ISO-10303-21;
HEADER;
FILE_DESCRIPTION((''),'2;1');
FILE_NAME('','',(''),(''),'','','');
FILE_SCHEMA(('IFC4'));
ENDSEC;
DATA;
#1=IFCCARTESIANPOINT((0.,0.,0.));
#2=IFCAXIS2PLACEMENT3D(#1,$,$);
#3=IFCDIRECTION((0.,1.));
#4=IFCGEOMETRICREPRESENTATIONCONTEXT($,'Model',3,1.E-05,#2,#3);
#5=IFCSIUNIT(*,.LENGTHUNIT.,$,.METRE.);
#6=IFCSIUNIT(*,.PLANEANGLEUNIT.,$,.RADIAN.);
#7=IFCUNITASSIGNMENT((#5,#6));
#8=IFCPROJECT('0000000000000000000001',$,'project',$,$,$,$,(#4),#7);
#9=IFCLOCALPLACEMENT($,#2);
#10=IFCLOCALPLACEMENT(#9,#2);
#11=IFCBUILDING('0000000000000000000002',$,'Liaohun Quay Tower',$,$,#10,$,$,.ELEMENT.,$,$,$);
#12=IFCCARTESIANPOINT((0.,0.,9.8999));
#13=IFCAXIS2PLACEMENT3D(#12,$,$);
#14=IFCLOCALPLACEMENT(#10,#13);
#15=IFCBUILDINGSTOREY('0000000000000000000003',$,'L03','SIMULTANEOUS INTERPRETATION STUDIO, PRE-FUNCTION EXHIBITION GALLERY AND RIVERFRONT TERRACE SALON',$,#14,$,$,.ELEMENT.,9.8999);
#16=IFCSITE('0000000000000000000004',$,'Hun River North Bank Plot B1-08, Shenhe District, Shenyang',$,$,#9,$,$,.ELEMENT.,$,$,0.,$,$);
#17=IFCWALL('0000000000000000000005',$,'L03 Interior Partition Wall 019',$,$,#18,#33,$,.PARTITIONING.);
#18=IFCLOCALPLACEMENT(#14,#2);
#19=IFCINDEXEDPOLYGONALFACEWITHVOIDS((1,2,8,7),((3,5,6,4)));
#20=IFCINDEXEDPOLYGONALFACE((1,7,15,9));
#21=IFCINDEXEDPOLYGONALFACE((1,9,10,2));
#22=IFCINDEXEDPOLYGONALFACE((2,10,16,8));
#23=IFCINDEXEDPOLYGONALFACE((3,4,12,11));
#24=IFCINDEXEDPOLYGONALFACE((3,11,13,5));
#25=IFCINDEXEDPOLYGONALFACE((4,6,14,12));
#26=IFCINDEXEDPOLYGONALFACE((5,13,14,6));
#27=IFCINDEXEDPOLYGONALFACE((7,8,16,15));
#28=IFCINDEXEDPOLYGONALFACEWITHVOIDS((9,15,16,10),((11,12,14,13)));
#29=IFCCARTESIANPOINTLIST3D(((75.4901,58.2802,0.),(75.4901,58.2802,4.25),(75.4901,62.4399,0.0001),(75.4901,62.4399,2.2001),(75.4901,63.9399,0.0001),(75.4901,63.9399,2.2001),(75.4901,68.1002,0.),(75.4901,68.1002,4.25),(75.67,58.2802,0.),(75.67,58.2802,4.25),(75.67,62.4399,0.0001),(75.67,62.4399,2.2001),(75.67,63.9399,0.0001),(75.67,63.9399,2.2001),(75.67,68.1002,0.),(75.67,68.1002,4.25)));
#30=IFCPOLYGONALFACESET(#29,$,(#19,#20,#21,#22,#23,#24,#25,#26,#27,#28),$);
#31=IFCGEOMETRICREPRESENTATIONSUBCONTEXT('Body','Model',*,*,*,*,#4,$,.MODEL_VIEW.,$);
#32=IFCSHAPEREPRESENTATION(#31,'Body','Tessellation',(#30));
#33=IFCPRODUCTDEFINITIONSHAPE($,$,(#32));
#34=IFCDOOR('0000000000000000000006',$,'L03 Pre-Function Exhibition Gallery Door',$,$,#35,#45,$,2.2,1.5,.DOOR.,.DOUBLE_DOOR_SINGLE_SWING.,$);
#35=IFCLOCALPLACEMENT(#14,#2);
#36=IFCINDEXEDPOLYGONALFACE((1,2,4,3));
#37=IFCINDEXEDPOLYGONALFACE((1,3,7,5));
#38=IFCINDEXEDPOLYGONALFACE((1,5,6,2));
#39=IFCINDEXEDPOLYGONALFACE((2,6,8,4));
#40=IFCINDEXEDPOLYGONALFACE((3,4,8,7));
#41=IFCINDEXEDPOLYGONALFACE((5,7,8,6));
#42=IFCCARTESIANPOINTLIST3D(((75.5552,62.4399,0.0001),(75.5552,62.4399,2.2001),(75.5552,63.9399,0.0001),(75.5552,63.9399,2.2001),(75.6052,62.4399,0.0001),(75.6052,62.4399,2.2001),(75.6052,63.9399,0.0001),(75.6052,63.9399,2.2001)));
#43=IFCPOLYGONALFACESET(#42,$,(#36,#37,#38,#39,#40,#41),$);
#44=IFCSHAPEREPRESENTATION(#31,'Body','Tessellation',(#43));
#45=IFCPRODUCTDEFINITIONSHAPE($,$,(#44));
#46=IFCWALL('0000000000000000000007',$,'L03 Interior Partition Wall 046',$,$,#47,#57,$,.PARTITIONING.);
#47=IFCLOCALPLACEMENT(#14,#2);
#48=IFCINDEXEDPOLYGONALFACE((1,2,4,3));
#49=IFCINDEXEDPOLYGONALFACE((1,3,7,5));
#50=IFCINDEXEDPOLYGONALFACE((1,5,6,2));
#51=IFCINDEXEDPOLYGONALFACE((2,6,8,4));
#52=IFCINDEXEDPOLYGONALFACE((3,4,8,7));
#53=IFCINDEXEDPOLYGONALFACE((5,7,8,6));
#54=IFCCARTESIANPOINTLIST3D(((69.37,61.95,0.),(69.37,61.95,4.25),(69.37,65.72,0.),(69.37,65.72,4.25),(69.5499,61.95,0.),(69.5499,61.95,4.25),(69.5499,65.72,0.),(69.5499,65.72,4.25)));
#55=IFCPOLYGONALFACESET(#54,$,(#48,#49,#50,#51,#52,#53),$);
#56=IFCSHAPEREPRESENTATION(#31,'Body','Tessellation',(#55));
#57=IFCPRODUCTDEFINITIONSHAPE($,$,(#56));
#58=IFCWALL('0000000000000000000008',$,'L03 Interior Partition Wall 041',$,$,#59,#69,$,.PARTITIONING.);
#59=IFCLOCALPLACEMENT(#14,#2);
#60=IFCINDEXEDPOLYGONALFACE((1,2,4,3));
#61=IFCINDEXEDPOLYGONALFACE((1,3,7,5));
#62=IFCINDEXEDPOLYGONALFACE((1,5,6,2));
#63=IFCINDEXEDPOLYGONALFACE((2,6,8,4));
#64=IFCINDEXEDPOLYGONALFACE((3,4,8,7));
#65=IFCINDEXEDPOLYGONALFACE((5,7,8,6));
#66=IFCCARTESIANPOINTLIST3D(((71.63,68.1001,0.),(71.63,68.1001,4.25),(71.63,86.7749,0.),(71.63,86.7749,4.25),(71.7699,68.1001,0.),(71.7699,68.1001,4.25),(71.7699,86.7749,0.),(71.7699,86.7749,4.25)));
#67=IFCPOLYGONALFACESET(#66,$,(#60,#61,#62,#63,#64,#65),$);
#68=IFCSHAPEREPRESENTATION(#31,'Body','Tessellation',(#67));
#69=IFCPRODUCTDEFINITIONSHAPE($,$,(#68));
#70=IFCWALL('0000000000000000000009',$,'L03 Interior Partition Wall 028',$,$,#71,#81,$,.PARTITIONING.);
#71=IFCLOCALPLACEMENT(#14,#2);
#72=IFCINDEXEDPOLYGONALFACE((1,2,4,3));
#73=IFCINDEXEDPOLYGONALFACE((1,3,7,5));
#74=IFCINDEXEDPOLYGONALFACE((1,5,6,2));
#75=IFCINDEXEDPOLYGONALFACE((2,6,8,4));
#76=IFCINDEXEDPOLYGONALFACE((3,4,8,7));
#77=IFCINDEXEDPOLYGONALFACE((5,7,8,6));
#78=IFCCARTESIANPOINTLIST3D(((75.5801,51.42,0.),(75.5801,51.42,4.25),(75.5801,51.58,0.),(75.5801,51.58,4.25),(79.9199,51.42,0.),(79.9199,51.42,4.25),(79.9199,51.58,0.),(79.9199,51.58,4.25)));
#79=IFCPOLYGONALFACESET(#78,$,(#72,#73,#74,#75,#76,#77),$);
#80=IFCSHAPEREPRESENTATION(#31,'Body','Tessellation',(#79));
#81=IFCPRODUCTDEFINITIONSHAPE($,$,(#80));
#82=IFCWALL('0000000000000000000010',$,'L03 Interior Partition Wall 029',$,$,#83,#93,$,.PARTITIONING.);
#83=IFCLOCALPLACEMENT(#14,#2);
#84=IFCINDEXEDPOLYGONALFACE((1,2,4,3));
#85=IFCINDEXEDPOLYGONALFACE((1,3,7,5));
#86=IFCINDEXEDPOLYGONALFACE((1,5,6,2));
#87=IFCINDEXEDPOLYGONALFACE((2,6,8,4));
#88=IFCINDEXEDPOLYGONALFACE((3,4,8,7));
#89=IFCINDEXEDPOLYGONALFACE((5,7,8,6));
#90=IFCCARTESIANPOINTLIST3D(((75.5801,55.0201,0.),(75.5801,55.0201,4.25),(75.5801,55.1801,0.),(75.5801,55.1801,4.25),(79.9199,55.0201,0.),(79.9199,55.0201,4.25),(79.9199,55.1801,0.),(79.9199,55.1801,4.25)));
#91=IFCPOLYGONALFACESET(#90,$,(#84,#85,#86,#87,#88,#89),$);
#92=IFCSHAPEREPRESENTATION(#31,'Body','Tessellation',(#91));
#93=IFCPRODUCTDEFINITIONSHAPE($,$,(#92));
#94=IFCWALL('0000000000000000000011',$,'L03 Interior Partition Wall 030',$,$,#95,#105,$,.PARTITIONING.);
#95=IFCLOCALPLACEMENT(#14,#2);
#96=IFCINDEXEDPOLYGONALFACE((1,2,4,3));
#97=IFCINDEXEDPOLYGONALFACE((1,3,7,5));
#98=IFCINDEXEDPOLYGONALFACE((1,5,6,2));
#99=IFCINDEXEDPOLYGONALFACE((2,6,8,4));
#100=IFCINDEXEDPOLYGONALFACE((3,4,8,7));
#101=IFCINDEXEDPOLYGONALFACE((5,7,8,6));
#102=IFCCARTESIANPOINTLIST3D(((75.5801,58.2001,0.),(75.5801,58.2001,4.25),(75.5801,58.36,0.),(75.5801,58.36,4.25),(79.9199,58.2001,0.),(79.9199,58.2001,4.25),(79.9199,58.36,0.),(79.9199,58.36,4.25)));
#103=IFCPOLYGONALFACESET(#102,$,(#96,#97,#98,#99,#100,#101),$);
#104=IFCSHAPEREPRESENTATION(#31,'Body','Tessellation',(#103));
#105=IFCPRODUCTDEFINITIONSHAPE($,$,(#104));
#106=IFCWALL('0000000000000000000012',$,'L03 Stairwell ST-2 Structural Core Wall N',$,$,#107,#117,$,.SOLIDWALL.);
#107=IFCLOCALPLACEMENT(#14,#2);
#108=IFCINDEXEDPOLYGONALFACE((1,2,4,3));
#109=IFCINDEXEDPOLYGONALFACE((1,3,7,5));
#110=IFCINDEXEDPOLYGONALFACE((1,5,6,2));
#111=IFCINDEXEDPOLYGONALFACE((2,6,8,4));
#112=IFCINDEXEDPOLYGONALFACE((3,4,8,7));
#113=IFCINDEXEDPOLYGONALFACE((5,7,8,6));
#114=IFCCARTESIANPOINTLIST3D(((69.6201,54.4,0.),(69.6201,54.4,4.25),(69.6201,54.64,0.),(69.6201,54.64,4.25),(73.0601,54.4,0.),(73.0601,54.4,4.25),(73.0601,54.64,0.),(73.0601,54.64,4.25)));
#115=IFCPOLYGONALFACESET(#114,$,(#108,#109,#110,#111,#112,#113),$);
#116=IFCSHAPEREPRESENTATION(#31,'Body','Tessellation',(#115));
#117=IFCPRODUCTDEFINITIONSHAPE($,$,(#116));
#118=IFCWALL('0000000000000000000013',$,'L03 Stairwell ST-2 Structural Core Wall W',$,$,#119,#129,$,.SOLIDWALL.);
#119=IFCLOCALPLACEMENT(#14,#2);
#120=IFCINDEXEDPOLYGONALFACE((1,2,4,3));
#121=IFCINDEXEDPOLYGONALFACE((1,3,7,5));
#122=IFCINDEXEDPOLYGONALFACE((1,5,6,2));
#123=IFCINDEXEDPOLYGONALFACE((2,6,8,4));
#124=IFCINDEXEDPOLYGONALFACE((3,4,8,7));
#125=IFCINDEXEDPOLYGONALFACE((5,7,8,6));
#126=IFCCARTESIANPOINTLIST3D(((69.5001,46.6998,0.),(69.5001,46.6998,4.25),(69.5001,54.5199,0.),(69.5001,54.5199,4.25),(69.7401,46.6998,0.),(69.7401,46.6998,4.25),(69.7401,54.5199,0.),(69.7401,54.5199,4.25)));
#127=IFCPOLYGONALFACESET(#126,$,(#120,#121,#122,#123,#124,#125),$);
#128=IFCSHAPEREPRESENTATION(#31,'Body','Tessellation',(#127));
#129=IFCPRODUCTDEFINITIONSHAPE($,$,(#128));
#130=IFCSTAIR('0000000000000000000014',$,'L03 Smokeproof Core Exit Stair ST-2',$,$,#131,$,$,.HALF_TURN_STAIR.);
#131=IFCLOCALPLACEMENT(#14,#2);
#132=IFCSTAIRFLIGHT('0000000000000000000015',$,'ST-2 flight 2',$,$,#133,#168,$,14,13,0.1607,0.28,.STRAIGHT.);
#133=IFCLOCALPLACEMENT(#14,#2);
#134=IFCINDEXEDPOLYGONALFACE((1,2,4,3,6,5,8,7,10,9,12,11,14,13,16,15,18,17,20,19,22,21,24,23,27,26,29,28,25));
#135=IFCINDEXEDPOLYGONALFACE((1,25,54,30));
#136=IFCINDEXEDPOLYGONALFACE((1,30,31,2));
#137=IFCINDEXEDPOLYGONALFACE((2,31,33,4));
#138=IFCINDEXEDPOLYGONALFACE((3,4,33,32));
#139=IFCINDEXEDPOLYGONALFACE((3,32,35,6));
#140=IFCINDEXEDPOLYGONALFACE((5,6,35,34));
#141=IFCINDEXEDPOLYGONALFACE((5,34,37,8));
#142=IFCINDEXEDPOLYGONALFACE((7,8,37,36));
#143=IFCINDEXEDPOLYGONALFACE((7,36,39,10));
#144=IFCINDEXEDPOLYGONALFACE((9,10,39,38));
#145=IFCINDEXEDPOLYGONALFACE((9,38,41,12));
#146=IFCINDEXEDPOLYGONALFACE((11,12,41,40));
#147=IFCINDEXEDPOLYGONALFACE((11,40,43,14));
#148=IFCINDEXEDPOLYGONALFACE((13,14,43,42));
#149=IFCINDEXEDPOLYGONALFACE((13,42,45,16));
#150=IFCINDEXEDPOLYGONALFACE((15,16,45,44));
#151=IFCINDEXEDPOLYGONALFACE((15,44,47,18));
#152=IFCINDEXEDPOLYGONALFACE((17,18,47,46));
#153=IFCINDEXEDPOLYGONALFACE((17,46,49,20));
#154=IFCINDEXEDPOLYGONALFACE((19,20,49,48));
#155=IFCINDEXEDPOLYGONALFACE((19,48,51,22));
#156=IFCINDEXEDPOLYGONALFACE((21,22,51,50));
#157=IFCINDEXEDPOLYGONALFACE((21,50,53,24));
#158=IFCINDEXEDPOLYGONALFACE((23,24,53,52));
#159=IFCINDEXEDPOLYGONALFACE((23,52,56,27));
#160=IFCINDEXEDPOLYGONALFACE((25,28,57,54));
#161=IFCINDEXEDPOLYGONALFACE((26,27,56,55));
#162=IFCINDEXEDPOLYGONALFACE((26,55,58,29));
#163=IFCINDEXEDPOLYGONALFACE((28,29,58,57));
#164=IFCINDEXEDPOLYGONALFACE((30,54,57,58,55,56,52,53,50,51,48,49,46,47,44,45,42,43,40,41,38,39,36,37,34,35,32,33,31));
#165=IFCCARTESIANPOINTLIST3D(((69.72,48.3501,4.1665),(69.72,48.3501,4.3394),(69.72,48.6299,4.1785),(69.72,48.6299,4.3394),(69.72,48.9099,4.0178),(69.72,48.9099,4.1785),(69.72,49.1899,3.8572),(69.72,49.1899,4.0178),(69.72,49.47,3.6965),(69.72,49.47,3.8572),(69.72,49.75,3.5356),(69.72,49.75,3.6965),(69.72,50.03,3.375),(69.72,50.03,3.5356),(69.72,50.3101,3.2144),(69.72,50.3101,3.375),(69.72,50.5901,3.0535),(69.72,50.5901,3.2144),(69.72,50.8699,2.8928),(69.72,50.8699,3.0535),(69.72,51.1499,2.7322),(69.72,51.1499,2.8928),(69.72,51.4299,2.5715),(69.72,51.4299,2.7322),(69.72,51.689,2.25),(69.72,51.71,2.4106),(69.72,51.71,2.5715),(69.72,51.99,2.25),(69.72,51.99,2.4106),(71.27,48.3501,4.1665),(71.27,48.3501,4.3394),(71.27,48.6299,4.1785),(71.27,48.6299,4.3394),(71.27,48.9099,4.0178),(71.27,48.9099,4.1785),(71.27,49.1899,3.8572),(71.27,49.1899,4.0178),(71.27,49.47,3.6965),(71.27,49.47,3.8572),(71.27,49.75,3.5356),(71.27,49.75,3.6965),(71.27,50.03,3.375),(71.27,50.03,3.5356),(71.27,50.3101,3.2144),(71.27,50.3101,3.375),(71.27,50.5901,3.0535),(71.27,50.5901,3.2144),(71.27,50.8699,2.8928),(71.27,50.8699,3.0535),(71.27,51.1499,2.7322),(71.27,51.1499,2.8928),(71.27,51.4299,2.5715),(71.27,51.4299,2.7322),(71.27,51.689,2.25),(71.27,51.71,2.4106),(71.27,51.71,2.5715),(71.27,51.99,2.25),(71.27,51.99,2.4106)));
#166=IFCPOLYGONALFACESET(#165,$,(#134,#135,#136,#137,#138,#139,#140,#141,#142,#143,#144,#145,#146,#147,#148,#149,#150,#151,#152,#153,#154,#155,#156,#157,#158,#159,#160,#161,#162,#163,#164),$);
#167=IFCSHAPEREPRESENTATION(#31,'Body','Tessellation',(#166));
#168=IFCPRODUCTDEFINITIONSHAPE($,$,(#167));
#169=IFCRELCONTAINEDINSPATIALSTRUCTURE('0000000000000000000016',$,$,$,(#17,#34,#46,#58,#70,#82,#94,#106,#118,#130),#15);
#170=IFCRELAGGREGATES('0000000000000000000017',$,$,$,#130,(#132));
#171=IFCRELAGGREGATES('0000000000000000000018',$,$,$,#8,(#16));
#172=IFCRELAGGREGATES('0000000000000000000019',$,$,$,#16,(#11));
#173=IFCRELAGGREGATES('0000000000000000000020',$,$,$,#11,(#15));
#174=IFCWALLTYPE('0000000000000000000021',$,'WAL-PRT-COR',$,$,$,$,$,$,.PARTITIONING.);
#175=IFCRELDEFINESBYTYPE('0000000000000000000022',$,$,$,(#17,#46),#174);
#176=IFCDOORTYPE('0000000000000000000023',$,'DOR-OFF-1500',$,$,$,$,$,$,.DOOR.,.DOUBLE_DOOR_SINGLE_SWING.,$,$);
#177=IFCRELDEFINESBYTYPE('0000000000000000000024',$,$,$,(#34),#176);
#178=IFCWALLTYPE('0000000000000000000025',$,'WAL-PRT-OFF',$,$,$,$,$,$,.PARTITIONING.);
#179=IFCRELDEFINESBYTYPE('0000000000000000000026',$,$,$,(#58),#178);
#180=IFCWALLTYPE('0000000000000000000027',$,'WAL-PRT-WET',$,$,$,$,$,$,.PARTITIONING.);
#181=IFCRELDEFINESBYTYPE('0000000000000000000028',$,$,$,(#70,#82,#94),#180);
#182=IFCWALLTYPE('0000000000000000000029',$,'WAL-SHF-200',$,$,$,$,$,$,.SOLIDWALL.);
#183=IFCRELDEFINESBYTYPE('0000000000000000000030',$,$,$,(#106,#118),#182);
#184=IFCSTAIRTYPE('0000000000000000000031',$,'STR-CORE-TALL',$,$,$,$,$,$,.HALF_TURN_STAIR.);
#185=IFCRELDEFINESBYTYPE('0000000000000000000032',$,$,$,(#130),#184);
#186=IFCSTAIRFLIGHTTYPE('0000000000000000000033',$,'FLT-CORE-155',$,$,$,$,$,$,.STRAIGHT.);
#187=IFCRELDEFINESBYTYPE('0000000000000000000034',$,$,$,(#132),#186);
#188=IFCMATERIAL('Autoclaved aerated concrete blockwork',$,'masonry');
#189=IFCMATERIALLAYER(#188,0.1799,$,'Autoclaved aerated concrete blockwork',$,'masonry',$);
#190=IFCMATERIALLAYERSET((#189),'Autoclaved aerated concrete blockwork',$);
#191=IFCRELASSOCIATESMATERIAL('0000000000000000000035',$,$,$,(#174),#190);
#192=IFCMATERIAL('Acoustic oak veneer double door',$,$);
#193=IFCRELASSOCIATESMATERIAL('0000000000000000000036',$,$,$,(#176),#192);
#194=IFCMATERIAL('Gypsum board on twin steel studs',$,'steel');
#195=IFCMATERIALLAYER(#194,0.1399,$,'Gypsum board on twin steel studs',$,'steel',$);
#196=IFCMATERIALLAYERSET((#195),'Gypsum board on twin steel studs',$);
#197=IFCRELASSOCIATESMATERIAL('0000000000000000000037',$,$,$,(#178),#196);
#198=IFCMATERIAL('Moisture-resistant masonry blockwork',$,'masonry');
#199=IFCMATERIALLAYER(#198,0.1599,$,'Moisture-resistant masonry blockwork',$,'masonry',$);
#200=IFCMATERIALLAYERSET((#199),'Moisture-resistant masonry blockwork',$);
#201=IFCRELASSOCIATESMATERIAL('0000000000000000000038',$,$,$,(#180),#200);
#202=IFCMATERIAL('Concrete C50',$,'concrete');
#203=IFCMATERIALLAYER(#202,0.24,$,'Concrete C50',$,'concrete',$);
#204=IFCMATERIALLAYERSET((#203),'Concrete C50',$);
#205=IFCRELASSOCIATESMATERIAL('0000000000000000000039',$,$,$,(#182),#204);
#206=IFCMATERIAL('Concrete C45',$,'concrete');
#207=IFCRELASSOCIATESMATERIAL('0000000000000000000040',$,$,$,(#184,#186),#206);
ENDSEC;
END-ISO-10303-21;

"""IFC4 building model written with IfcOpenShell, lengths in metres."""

from ifc_helpers import new_model, si_unit, direction, frame, frame_2d, origin, place, context, subcontext, project, spatial, polyline, rectangle, outline, extrude, source, transform, mapped, material, layer, layer_set, type_object, element, fill, aggregate, save


model = new_model("IFC4")

# Units and contexts
model_context = context("Model", 3, precision=1e-05, world=origin(), true_north=direction((0.0, 1.0)))
body_context = subcontext(model_context, "Body", "Model", "MODEL_VIEW")
ifc_project = project(units=[si_unit("LENGTHUNIT", "METRE"), si_unit("PLANEANGLEUNIT", "RADIAN")], contexts=[model_context])

# Site, building, storey
site_placement = place(None, origin())
site = spatial("IfcSite", under=ifc_project, at=site_placement, Name="Hun River North Bank Plot B1-08, Shenhe District, Shenyang", CompositionType="ELEMENT", RefElevation=0.0)
building_placement = place(site_placement, origin())
building = spatial("IfcBuilding", under=site, at=building_placement, Name="Liaohun Quay Tower", CompositionType="ELEMENT")
storey_placement = place(building_placement, frame((0.0, 0.0, 9.8999)))
storey = spatial("IfcBuildingStorey", under=building, at=storey_placement, Name="L03", Description="SIMULTANEOUS INTERPRETATION STUDIO, PRE-FUNCTION EXHIBITION GALLERY AND RIVERFRONT TERRACE SALON", CompositionType="ELEMENT", Elevation=9.8999)

# Wall, opening, door
ifc_material_1 = material(Name="Autoclaved aerated concrete blockwork", Category="masonry")
ifc_layer_1 = layer(ifc_material_1, 0.1799, Name="Autoclaved aerated concrete blockwork", Category="masonry")
ifc_layer_set_1 = layer_set([ifc_layer_1], Name="Autoclaved aerated concrete blockwork")
wall_type_1 = type_object("IfcWallType", Name="WAL-PRT-COR", PredefinedType="PARTITIONING", material=ifc_layer_set_1)
wall_1_placement = place(storey_placement, frame((75.5801, 58.28, 0.0), z_axis=(0.0, 0.0, 1.0), x_axis=(0.0, 1.0, 0.0)))
wall_1 = element("IfcWall", 1, at=wall_1_placement, inside=storey, type_object=wall_type_1, Name="L03 Interior Partition Wall 019", PredefinedType="PARTITIONING", context=body_context, shape_type="SweptSolid", body=[
    extrude(rectangle(XDim=9.8201, YDim=0.1799, at=frame_2d((4.9102, 0.0))), origin(), (0.0, 0.0, 1.0), 4.25),
])
shared_shape_1 = source(origin(), body_context, "Body", "SweptSolid", [
    extrude(rectangle(XDim=1.5, YDim=2.2, at=frame_2d((0.75, 1.1001))), frame((0.0, 0.0999, 0.0), z_axis=(0.0, -1.0, 0.0), x_axis=(1.0, 0.0, 0.0)), (0.0, 0.0, 1.0), 0.2),
])
opening_1_placement = place(wall_1_placement, frame((4.1599, 0.0, 0.0)))
opening_1 = element("IfcOpeningElement", 2, at=opening_1_placement, cuts=wall_1, PredefinedType="OPENING", context=body_context, shape_type="MappedRepresentation", body=[
    mapped(shared_shape_1, transform((0.0, 0.0, 0.0), x_axis=(1.0, 0.0, 0.0), y_axis=(0.0, 1.0, 0.0), z_axis=(0.0, 0.0, 1.0), scale=1.0)),
])
ifc_material_2 = material(Name="Acoustic oak veneer double door")
door_type_1 = type_object("IfcDoorType", Name="DOR-OFF-1500", OperationType="DOUBLE_DOOR_SINGLE_SWING", PredefinedType="DOOR", material=ifc_material_2)
shared_shape_2 = source(origin(), body_context, "Body", "SweptSolid", [
    extrude(rectangle(XDim=1.5, YDim=2.2, at=frame_2d((0.75, 1.1001))), frame((0.0, 0.0249, 0.0), z_axis=(0.0, -1.0, 0.0), x_axis=(1.0, 0.0, 0.0)), (0.0, 0.0, 1.0), 0.05),
])
door_1_placement = place(opening_1_placement, origin())
door_1 = element("IfcDoor", 3, at=door_1_placement, inside=storey, type_object=door_type_1, Name="L03 Pre-Function Exhibition Gallery Door", OperationType="DOUBLE_DOOR_SINGLE_SWING", OverallHeight=2.2, OverallWidth=1.5, PredefinedType="DOOR", context=body_context, shape_type="MappedRepresentation", body=[
    mapped(shared_shape_2, transform((0.0, 0.0, 0.0), x_axis=(1.0, 0.0, 0.0), y_axis=(0.0, 1.0, 0.0), z_axis=(0.0, 0.0, 1.0), scale=1.0)),
])
fill(opening_1, door_1)

# Walls
wall_2_placement = place(storey_placement, frame((69.46, 61.95, 0.0), z_axis=(0.0, 0.0, 1.0), x_axis=(0.0, 1.0, 0.0)))
element("IfcWall", 4, at=wall_2_placement, inside=storey, type_object=wall_type_1, Name="L03 Interior Partition Wall 046", PredefinedType="PARTITIONING", context=body_context, shape_type="SweptSolid", body=[
    extrude(rectangle(XDim=3.77, YDim=0.1799, at=frame_2d((1.885, 0.0))), origin(), (0.0, 0.0, 1.0), 4.25),
])
ifc_material_3 = material(Name="Gypsum board on twin steel studs", Category="steel")
ifc_layer_2 = layer(ifc_material_3, 0.1399, Name="Gypsum board on twin steel studs", Category="steel")
ifc_layer_set_2 = layer_set([ifc_layer_2], Name="Gypsum board on twin steel studs")
wall_type_2 = type_object("IfcWallType", Name="WAL-PRT-OFF", PredefinedType="PARTITIONING", material=ifc_layer_set_2)
wall_3_placement = place(storey_placement, frame((71.7, 68.1001, 0.0), z_axis=(0.0, 0.0, 1.0), x_axis=(0.0, 1.0, 0.0)))
element("IfcWall", 5, at=wall_3_placement, inside=storey, type_object=wall_type_2, Name="L03 Interior Partition Wall 041", PredefinedType="PARTITIONING", context=body_context, shape_type="SweptSolid", body=[
    extrude(rectangle(XDim=18.6748, YDim=0.1399, at=frame_2d((9.3374, 0.0))), origin(), (0.0, 0.0, 1.0), 4.25),
])

# Shared definitions
ifc_material_4 = material(Name="Moisture-resistant masonry blockwork", Category="masonry")
ifc_layer_3 = layer(ifc_material_4, 0.1599, Name="Moisture-resistant masonry blockwork", Category="masonry")
ifc_layer_set_3 = layer_set([ifc_layer_3], Name="Moisture-resistant masonry blockwork")
wall_type_3 = type_object("IfcWallType", Name="WAL-PRT-WET", PredefinedType="PARTITIONING", material=ifc_layer_set_3)

# Walls
for number, where, z_axis, x_axis, name in (
    (6, (75.5801, 51.5, 0.0), (0.0, 0.0, 1.0), (1.0, 0.0, 0.0), "L03 Interior Partition Wall 028"),
    (7, (75.5801, 55.1001, 0.0), (0.0, 0.0, 1.0), (1.0, 0.0, 0.0), "L03 Interior Partition Wall 029"),
    (8, (75.5801, 58.28, 0.0), (0.0, 0.0, 1.0), (1.0, 0.0, 0.0), "L03 Interior Partition Wall 030"),
):
    element("IfcWall", number, at=place(storey_placement, frame(where, z_axis=z_axis, x_axis=x_axis)), inside=storey, type_object=wall_type_3, Name=name, PredefinedType="PARTITIONING", context=body_context, shape_type="SweptSolid", body=[
        extrude(rectangle(XDim=4.3398, YDim=0.1599, at=frame_2d((2.1699, 0.0))), origin(), (0.0, 0.0, 1.0), 4.25),
    ])
ifc_material_5 = material(Name="Concrete C50", Category="concrete")
ifc_layer_4 = layer(ifc_material_5, 0.24, Name="Concrete C50", Category="concrete")
ifc_layer_set_4 = layer_set([ifc_layer_4], Name="Concrete C50")
wall_type_4 = type_object("IfcWallType", Name="WAL-SHF-200", PredefinedType="SOLIDWALL", material=ifc_layer_set_4)
wall_4_placement = place(storey_placement, frame((73.0601, 54.52, 0.0), z_axis=(0.0, 0.0, 1.0), x_axis=(-1.0, 0.0, 0.0)))
element("IfcWall", 9, at=wall_4_placement, inside=storey, type_object=wall_type_4, Name="L03 Stairwell ST-2 Structural Core Wall N", PredefinedType="SOLIDWALL", context=body_context, shape_type="SweptSolid", body=[
    extrude(rectangle(XDim=3.4399, YDim=0.24, at=frame_2d((1.72, 0.0))), origin(), (0.0, 0.0, 1.0), 4.25),
])
wall_5_placement = place(storey_placement, frame((69.6201, 54.52, 0.0), z_axis=(0.0, 0.0, 1.0), x_axis=(0.0, -1.0, 0.0)))
element("IfcWall", 10, at=wall_5_placement, inside=storey, type_object=wall_type_4, Name="L03 Stairwell ST-2 Structural Core Wall W", PredefinedType="SOLIDWALL", context=body_context, shape_type="SweptSolid", body=[
    extrude(rectangle(XDim=7.8201, YDim=0.24, at=frame_2d((3.9102, 0.0))), origin(), (0.0, 0.0, 1.0), 4.25),
])

# Stair, stair flight
ifc_material_6 = material(Name="Concrete C45", Category="concrete")
stair_type = type_object("IfcStairType", Name="STR-CORE-TALL", PredefinedType="HALF_TURN_STAIR", material=ifc_material_6)
stair_placement = place(storey_placement, origin())
stair = element("IfcStair", 11, at=stair_placement, inside=storey, type_object=stair_type, Name="L03 Smokeproof Core Exit Stair ST-2", PredefinedType="HALF_TURN_STAIR")
stair_flight_type = type_object("IfcStairFlightType", Name="FLT-CORE-155", PredefinedType="STRAIGHT", material=ifc_material_6)
stair_flight_placement = place(storey_placement, frame((70.4951, 51.99, 2.25), z_axis=(0.0, 0.0, 1.0), x_axis=(0.0, -1.0, 0.0)))
stair_flight = element("IfcStairFlight", 12, at=stair_flight_placement, type_object=stair_flight_type, Name="ST-2 flight 2", NumberOfRisers=14, NumberOfTreads=13, PredefinedType="STRAIGHT", RiserHeight=0.1607, TreadLength=0.28, context=body_context, shape_type="SweptSolid", body=[
    extrude(outline(polyline([(0.0, 0.0), (0.0, 0.1606), (0.28, 0.1606), (0.28, 0.3215), (0.5601, 0.3215), (0.5601, 0.4822), (0.8401, 0.4822), (0.8401, 0.6428), (1.1201, 0.6428), (1.1201, 0.8035), (1.3999, 0.8035), (1.3999, 0.9644), (1.6799, 0.9644), (1.6799, 1.125), (1.96, 1.125), (1.96, 1.2856), (2.24, 1.2856), (2.24, 1.4465), (2.52, 1.4465), (2.52, 1.6072), (2.8, 1.6072), (2.8, 1.7678), (3.0801, 1.7678), (3.0801, 1.9285), (3.3601, 1.9285), (3.3601, 2.0894), (3.6399, 2.0894), (3.6399, 2.25), (3.6399, 1.9165), (0.301, 0.0), (0.0, 0.0)])), frame((0.0, 0.7749, 0.0), z_axis=(0.0, -1.0, 0.0), x_axis=(1.0, 0.0, 0.0)), (0.0, 0.0, 1.0), 1.55),
])
aggregate(stair, [stair_flight])

save(model, "model.ifc")
